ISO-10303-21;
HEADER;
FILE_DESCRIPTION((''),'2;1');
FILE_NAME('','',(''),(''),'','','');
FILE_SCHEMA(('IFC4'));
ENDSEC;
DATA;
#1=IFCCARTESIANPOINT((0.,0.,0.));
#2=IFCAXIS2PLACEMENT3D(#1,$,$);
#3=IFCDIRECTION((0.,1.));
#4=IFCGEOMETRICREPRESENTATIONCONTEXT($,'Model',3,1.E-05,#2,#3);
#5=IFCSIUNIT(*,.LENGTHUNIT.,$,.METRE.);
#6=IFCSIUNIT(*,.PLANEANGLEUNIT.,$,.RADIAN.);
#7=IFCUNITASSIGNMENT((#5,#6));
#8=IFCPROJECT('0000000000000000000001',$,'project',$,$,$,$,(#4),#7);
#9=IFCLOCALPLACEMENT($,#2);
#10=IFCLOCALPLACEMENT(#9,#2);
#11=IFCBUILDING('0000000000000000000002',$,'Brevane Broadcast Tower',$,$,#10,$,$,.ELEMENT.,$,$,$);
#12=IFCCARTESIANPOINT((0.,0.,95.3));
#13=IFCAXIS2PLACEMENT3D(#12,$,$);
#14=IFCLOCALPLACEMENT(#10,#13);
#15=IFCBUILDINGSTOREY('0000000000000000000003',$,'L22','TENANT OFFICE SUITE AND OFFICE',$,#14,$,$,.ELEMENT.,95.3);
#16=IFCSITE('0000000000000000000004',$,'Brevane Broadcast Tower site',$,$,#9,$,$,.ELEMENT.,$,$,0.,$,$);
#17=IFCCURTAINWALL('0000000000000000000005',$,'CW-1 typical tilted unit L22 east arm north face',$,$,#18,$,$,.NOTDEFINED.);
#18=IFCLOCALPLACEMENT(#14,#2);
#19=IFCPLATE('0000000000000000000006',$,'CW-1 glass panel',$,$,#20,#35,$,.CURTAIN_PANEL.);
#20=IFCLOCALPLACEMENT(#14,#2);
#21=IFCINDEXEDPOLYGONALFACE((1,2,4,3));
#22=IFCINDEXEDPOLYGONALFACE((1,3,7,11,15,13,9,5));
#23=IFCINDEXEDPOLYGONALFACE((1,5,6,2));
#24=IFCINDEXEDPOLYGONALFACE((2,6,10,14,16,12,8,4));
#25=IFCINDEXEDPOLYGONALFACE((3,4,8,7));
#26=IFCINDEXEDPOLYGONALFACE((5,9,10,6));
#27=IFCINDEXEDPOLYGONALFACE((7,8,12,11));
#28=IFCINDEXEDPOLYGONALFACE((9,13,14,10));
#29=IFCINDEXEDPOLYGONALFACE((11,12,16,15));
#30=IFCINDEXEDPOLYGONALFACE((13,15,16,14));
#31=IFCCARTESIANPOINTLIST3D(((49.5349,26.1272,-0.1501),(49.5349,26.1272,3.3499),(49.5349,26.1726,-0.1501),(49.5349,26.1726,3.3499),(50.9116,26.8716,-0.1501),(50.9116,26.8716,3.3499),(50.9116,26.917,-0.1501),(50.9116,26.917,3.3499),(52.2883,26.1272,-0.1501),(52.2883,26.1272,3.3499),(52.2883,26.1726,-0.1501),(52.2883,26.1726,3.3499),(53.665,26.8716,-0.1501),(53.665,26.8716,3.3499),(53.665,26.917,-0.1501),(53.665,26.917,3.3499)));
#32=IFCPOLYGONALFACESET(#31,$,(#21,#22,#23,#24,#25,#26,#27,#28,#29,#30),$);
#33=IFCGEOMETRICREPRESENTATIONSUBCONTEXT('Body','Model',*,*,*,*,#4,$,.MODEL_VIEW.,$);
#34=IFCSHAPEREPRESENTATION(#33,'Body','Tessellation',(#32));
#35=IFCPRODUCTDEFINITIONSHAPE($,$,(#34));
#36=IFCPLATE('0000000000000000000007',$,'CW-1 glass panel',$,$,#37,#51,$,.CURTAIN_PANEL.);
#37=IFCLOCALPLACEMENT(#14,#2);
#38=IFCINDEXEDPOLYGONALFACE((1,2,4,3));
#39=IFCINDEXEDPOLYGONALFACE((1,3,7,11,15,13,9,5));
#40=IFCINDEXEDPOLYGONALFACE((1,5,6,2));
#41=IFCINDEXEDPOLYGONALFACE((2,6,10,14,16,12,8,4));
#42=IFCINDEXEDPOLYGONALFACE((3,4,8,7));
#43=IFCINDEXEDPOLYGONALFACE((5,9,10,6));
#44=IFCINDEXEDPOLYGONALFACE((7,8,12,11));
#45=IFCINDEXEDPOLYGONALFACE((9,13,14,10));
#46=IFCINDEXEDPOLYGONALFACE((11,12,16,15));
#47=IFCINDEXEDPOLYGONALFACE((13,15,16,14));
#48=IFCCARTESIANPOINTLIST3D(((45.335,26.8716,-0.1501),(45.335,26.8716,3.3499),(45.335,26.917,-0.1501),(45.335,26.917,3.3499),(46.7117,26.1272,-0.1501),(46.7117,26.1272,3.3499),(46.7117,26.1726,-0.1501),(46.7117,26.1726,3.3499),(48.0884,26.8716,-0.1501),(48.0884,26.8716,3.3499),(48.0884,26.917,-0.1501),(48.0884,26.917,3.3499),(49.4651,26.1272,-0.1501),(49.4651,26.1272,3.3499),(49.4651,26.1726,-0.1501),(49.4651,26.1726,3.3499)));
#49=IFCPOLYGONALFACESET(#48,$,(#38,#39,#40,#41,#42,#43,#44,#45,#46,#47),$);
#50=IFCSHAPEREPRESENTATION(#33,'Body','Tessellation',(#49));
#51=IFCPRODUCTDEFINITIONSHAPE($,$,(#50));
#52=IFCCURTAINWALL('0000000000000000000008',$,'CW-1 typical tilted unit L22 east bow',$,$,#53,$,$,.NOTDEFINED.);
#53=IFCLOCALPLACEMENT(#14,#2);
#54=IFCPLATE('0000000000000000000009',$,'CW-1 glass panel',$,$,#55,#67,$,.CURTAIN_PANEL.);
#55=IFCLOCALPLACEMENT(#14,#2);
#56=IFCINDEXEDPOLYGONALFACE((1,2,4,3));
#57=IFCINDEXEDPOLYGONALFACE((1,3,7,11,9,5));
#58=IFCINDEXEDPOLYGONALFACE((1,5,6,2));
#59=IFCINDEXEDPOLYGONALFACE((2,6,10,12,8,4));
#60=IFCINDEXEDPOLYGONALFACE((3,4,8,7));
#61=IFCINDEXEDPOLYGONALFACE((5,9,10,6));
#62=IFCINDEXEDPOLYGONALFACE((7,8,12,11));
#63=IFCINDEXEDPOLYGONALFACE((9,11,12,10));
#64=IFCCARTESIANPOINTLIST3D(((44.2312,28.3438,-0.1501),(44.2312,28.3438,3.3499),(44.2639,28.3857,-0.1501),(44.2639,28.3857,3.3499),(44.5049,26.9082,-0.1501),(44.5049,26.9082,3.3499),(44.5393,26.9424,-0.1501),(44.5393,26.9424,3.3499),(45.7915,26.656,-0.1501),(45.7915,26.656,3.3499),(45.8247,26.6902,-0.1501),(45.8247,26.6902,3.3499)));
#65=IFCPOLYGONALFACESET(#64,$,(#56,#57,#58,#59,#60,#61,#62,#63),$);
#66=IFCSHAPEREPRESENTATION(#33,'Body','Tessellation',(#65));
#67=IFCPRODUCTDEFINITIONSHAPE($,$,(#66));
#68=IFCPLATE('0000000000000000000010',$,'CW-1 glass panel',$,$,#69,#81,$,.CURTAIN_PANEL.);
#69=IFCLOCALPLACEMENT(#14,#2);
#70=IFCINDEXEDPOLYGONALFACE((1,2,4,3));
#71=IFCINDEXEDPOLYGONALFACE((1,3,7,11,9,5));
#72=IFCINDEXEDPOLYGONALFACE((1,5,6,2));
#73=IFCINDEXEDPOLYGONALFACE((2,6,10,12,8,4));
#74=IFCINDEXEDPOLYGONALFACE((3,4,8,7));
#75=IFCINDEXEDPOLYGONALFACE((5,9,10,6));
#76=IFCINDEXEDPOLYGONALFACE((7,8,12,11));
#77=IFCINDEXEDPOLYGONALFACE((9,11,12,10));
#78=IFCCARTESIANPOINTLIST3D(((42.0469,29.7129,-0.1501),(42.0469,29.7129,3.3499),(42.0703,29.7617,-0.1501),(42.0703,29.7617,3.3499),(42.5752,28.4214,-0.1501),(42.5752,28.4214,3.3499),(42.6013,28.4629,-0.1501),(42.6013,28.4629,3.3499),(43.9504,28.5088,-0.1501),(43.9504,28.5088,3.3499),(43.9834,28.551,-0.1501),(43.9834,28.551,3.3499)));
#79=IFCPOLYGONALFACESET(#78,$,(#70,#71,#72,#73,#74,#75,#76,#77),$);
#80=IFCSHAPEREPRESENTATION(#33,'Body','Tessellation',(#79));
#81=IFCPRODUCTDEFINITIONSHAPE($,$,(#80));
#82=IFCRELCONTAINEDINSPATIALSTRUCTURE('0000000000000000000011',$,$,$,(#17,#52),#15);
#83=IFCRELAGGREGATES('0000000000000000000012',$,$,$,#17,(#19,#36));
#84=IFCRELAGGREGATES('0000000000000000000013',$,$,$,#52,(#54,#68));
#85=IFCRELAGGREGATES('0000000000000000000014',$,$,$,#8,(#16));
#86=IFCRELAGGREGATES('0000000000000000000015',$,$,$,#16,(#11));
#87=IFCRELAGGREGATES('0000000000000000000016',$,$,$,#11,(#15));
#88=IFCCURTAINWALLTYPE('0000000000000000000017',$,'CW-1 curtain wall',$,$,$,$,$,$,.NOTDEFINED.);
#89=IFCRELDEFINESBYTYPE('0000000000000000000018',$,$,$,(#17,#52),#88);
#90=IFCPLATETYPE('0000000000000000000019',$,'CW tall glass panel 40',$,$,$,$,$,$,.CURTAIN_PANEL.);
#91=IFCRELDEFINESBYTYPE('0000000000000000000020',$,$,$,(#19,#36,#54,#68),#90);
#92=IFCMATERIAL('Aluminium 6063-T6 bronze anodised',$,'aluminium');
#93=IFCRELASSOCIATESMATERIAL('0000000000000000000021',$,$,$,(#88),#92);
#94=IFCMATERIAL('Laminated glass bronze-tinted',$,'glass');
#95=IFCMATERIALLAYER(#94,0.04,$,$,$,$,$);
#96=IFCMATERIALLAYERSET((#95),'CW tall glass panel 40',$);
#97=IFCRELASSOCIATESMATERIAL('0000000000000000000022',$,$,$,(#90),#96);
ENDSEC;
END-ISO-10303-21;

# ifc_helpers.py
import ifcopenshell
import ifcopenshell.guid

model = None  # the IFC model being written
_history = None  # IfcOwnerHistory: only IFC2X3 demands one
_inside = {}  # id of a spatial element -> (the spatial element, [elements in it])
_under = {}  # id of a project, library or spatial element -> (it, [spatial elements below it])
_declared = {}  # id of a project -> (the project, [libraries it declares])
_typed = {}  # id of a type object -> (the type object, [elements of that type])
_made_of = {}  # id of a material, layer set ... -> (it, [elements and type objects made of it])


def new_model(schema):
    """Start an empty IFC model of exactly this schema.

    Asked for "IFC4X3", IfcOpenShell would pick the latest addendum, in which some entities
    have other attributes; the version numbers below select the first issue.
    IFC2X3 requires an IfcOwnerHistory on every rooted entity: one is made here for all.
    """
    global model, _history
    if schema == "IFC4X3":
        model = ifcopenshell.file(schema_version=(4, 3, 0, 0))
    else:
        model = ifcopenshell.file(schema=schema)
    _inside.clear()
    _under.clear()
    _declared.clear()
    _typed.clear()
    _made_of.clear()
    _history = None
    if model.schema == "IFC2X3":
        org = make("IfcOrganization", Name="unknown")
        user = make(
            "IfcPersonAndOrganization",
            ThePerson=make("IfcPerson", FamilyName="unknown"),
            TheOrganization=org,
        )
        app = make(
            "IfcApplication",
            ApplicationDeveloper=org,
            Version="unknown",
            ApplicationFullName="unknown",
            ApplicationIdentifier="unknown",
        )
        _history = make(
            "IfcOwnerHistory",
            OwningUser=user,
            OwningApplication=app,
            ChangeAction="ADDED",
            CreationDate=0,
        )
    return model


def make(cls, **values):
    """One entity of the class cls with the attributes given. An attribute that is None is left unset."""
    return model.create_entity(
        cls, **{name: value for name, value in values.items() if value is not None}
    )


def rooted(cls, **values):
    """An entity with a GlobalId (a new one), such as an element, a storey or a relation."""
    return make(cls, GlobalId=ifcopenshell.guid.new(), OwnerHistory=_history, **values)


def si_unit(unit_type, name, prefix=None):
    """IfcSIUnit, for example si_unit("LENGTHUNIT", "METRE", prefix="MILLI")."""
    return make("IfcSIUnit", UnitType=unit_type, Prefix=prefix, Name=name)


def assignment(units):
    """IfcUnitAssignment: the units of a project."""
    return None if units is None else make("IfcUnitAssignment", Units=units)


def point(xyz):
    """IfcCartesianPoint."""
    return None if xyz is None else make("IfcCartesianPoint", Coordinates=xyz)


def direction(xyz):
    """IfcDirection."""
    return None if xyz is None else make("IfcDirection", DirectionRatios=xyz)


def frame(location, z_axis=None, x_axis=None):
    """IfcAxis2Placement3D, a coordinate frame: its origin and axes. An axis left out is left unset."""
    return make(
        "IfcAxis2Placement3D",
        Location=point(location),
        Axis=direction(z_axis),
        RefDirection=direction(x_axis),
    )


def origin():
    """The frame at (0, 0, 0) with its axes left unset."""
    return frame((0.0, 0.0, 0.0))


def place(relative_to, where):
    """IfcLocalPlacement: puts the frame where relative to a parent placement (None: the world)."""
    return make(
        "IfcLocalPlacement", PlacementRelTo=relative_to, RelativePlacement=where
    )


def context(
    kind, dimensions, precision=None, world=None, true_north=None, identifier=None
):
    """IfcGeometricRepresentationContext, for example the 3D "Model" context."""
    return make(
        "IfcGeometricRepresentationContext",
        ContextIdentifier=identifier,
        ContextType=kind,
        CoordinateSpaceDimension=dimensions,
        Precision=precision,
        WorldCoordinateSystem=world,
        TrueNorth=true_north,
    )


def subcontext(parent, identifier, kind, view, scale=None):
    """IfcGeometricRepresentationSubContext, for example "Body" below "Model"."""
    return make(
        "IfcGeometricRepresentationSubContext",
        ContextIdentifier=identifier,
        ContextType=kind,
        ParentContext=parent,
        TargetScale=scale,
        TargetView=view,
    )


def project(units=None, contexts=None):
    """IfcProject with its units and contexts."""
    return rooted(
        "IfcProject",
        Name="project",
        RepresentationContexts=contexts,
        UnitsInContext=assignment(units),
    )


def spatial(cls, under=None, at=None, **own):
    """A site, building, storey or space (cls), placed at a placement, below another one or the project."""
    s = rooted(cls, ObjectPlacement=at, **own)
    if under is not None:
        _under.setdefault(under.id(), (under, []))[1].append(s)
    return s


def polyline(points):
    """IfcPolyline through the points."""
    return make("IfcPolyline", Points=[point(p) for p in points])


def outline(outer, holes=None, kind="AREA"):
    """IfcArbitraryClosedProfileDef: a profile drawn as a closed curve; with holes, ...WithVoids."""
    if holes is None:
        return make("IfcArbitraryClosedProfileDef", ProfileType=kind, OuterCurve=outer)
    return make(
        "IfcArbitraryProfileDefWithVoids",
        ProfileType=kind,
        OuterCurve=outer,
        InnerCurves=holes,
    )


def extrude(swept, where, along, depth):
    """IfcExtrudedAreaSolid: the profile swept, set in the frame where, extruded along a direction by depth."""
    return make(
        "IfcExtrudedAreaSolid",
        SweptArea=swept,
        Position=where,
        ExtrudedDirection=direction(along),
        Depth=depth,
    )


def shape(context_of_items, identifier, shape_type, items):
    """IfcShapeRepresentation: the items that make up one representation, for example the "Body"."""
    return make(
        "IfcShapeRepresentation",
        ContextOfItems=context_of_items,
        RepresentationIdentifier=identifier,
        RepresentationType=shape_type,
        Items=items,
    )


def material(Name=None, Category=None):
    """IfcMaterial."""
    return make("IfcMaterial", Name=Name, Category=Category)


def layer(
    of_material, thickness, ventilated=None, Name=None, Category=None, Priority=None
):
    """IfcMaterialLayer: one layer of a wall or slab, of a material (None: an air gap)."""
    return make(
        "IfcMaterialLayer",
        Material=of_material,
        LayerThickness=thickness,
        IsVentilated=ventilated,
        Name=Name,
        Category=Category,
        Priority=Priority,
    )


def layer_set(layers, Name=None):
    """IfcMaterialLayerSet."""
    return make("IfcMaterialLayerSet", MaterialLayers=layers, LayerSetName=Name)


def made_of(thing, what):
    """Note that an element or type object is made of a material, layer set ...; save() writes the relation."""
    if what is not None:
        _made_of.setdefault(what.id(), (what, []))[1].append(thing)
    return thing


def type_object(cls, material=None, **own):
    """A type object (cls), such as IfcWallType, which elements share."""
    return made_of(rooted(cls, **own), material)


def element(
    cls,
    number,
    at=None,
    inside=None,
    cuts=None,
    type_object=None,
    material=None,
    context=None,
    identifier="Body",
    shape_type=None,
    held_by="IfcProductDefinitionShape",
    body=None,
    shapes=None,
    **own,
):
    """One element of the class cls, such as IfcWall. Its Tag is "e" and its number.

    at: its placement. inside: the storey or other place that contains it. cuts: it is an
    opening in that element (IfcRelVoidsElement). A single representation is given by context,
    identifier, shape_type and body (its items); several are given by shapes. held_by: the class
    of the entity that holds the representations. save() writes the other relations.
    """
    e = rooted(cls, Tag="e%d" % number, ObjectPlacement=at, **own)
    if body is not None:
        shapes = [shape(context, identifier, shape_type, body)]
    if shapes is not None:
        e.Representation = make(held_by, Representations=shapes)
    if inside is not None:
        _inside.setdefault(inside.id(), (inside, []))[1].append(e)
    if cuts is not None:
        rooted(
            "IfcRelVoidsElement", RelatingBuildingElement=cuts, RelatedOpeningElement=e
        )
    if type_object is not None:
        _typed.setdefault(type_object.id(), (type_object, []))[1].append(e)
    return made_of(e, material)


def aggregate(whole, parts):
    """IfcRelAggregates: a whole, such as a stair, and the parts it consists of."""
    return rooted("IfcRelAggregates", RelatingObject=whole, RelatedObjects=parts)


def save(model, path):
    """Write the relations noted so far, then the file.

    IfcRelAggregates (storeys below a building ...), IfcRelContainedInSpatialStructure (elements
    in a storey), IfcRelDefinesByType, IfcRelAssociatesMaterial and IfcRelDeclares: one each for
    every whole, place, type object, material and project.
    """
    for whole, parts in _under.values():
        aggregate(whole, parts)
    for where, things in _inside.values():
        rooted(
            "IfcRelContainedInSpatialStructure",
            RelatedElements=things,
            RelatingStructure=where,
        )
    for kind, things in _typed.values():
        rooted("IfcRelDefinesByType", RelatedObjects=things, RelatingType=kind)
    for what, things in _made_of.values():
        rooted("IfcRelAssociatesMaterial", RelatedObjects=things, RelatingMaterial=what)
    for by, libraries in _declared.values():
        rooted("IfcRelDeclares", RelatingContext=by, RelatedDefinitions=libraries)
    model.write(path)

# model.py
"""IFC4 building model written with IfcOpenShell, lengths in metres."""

from ifc_helpers import new_model, si_unit, direction, frame, origin, place, context, subcontext, project, spatial, polyline, outline, extrude, material, layer, layer_set, type_object, element, aggregate, save


model = new_model("IFC4")

# Units and contexts
model_context = context("Model", 3, precision=1e-05, world=origin(), true_north=direction((0.0, 1.0)))
body_context = subcontext(model_context, "Body", "Model", "MODEL_VIEW")
ifc_project = project(units=[si_unit("LENGTHUNIT", "METRE"), si_unit("PLANEANGLEUNIT", "RADIAN")], contexts=[model_context])

# Site, building, storey
site_placement = place(None, origin())
site = spatial("IfcSite", under=ifc_project, at=site_placement, Name="Brevane Broadcast Tower site", CompositionType="ELEMENT", RefElevation=0.0)
building_placement = place(site_placement, origin())
building = spatial("IfcBuilding", under=site, at=building_placement, Name="Brevane Broadcast Tower", CompositionType="ELEMENT")
storey_placement = place(building_placement, frame((0.0, 0.0, 95.3)))
storey = spatial("IfcBuildingStorey", under=building, at=storey_placement, Name="L22", Description="TENANT OFFICE SUITE AND OFFICE", CompositionType="ELEMENT", Elevation=95.3)

# Curtain walls, plates
ifc_material_1 = material(Name="Aluminium 6063-T6 bronze anodised", Category="aluminium")
curtain_wall_type = type_object("IfcCurtainWallType", Name="CW-1 curtain wall", PredefinedType="NOTDEFINED", material=ifc_material_1)
ifc_material_2 = material(Name="Laminated glass bronze-tinted", Category="glass")
ifc_layer = layer(ifc_material_2, 0.04)
ifc_layer_set = layer_set([ifc_layer], Name="CW tall glass panel 40")
plate_type = type_object("IfcPlateType", Name="CW tall glass panel 40", PredefinedType="CURTAIN_PANEL", material=ifc_layer_set)
curtain_wall_1_placement = place(storey_placement, origin())
curtain_wall_1 = element("IfcCurtainWall", 1, at=curtain_wall_1_placement, inside=storey, type_object=curtain_wall_type, Name="CW-1 typical tilted unit L22 east arm north face", PredefinedType="NOTDEFINED")
plate_1_placement = place(storey_placement, frame((0.0, 0.0, -0.1501)))
plate_1 = element("IfcPlate", 2, at=plate_1_placement, type_object=plate_type, Name="CW-1 glass panel", PredefinedType="CURTAIN_PANEL", context=body_context, shape_type="SweptSolid", body=[
    extrude(outline(polyline([(53.665, 26.8716), (53.665, 26.917), (52.2883, 26.1726), (50.9116, 26.917), (49.5349, 26.1726), (49.5349, 26.1272), (50.9116, 26.8716), (52.2883, 26.1272), (53.665, 26.8716)])), origin(), (0.0, 0.0, 1.0), 3.5),
])
plate_2_placement = place(storey_placement, frame((0.0, 0.0, -0.1501)))
plate_2 = element("IfcPlate", 3, at=plate_2_placement, type_object=plate_type, Name="CW-1 glass panel", PredefinedType="CURTAIN_PANEL", context=body_context, shape_type="SweptSolid", body=[
    extrude(outline(polyline([(49.4651, 26.1272), (49.4651, 26.1726), (48.0884, 26.917), (46.7117, 26.1726), (45.335, 26.917), (45.335, 26.8716), (46.7117, 26.1272), (48.0884, 26.8716), (49.4651, 26.1272)])), origin(), (0.0, 0.0, 1.0), 3.5),
])
aggregate(curtain_wall_1, [plate_1, plate_2])
curtain_wall_2_placement = place(storey_placement, origin())
curtain_wall_2 = element("IfcCurtainWall", 4, at=curtain_wall_2_placement, inside=storey, type_object=curtain_wall_type, Name="CW-1 typical tilted unit L22 east bow", PredefinedType="NOTDEFINED")
plate_3_placement = place(storey_placement, frame((0.0, 0.0, -0.1501)))
plate_3 = element("IfcPlate", 5, at=plate_3_placement, type_object=plate_type, Name="CW-1 glass panel", PredefinedType="CURTAIN_PANEL", context=body_context, shape_type="SweptSolid", body=[
    extrude(outline(polyline([(45.7915, 26.656), (45.8247, 26.6902), (44.5393, 26.9424), (44.2639, 28.3857), (44.2312, 28.3438), (44.5049, 26.9082), (45.7915, 26.656)])), origin(), (0.0, 0.0, 1.0), 3.5),
])
plate_4_placement = place(storey_placement, frame((0.0, 0.0, -0.1501)))
plate_4 = element("IfcPlate", 6, at=plate_4_placement, type_object=plate_type, Name="CW-1 glass panel", PredefinedType="CURTAIN_PANEL", context=body_context, shape_type="SweptSolid", body=[
    extrude(outline(polyline([(43.9504, 28.5088), (43.9834, 28.551), (42.6013, 28.4629), (42.0703, 29.7617), (42.0469, 29.7129), (42.5752, 28.4214), (43.9504, 28.5088)])), origin(), (0.0, 0.0, 1.0), 3.5),
])
aggregate(curtain_wall_2, [plate_3, plate_4])

save(model, "model.ifc")
